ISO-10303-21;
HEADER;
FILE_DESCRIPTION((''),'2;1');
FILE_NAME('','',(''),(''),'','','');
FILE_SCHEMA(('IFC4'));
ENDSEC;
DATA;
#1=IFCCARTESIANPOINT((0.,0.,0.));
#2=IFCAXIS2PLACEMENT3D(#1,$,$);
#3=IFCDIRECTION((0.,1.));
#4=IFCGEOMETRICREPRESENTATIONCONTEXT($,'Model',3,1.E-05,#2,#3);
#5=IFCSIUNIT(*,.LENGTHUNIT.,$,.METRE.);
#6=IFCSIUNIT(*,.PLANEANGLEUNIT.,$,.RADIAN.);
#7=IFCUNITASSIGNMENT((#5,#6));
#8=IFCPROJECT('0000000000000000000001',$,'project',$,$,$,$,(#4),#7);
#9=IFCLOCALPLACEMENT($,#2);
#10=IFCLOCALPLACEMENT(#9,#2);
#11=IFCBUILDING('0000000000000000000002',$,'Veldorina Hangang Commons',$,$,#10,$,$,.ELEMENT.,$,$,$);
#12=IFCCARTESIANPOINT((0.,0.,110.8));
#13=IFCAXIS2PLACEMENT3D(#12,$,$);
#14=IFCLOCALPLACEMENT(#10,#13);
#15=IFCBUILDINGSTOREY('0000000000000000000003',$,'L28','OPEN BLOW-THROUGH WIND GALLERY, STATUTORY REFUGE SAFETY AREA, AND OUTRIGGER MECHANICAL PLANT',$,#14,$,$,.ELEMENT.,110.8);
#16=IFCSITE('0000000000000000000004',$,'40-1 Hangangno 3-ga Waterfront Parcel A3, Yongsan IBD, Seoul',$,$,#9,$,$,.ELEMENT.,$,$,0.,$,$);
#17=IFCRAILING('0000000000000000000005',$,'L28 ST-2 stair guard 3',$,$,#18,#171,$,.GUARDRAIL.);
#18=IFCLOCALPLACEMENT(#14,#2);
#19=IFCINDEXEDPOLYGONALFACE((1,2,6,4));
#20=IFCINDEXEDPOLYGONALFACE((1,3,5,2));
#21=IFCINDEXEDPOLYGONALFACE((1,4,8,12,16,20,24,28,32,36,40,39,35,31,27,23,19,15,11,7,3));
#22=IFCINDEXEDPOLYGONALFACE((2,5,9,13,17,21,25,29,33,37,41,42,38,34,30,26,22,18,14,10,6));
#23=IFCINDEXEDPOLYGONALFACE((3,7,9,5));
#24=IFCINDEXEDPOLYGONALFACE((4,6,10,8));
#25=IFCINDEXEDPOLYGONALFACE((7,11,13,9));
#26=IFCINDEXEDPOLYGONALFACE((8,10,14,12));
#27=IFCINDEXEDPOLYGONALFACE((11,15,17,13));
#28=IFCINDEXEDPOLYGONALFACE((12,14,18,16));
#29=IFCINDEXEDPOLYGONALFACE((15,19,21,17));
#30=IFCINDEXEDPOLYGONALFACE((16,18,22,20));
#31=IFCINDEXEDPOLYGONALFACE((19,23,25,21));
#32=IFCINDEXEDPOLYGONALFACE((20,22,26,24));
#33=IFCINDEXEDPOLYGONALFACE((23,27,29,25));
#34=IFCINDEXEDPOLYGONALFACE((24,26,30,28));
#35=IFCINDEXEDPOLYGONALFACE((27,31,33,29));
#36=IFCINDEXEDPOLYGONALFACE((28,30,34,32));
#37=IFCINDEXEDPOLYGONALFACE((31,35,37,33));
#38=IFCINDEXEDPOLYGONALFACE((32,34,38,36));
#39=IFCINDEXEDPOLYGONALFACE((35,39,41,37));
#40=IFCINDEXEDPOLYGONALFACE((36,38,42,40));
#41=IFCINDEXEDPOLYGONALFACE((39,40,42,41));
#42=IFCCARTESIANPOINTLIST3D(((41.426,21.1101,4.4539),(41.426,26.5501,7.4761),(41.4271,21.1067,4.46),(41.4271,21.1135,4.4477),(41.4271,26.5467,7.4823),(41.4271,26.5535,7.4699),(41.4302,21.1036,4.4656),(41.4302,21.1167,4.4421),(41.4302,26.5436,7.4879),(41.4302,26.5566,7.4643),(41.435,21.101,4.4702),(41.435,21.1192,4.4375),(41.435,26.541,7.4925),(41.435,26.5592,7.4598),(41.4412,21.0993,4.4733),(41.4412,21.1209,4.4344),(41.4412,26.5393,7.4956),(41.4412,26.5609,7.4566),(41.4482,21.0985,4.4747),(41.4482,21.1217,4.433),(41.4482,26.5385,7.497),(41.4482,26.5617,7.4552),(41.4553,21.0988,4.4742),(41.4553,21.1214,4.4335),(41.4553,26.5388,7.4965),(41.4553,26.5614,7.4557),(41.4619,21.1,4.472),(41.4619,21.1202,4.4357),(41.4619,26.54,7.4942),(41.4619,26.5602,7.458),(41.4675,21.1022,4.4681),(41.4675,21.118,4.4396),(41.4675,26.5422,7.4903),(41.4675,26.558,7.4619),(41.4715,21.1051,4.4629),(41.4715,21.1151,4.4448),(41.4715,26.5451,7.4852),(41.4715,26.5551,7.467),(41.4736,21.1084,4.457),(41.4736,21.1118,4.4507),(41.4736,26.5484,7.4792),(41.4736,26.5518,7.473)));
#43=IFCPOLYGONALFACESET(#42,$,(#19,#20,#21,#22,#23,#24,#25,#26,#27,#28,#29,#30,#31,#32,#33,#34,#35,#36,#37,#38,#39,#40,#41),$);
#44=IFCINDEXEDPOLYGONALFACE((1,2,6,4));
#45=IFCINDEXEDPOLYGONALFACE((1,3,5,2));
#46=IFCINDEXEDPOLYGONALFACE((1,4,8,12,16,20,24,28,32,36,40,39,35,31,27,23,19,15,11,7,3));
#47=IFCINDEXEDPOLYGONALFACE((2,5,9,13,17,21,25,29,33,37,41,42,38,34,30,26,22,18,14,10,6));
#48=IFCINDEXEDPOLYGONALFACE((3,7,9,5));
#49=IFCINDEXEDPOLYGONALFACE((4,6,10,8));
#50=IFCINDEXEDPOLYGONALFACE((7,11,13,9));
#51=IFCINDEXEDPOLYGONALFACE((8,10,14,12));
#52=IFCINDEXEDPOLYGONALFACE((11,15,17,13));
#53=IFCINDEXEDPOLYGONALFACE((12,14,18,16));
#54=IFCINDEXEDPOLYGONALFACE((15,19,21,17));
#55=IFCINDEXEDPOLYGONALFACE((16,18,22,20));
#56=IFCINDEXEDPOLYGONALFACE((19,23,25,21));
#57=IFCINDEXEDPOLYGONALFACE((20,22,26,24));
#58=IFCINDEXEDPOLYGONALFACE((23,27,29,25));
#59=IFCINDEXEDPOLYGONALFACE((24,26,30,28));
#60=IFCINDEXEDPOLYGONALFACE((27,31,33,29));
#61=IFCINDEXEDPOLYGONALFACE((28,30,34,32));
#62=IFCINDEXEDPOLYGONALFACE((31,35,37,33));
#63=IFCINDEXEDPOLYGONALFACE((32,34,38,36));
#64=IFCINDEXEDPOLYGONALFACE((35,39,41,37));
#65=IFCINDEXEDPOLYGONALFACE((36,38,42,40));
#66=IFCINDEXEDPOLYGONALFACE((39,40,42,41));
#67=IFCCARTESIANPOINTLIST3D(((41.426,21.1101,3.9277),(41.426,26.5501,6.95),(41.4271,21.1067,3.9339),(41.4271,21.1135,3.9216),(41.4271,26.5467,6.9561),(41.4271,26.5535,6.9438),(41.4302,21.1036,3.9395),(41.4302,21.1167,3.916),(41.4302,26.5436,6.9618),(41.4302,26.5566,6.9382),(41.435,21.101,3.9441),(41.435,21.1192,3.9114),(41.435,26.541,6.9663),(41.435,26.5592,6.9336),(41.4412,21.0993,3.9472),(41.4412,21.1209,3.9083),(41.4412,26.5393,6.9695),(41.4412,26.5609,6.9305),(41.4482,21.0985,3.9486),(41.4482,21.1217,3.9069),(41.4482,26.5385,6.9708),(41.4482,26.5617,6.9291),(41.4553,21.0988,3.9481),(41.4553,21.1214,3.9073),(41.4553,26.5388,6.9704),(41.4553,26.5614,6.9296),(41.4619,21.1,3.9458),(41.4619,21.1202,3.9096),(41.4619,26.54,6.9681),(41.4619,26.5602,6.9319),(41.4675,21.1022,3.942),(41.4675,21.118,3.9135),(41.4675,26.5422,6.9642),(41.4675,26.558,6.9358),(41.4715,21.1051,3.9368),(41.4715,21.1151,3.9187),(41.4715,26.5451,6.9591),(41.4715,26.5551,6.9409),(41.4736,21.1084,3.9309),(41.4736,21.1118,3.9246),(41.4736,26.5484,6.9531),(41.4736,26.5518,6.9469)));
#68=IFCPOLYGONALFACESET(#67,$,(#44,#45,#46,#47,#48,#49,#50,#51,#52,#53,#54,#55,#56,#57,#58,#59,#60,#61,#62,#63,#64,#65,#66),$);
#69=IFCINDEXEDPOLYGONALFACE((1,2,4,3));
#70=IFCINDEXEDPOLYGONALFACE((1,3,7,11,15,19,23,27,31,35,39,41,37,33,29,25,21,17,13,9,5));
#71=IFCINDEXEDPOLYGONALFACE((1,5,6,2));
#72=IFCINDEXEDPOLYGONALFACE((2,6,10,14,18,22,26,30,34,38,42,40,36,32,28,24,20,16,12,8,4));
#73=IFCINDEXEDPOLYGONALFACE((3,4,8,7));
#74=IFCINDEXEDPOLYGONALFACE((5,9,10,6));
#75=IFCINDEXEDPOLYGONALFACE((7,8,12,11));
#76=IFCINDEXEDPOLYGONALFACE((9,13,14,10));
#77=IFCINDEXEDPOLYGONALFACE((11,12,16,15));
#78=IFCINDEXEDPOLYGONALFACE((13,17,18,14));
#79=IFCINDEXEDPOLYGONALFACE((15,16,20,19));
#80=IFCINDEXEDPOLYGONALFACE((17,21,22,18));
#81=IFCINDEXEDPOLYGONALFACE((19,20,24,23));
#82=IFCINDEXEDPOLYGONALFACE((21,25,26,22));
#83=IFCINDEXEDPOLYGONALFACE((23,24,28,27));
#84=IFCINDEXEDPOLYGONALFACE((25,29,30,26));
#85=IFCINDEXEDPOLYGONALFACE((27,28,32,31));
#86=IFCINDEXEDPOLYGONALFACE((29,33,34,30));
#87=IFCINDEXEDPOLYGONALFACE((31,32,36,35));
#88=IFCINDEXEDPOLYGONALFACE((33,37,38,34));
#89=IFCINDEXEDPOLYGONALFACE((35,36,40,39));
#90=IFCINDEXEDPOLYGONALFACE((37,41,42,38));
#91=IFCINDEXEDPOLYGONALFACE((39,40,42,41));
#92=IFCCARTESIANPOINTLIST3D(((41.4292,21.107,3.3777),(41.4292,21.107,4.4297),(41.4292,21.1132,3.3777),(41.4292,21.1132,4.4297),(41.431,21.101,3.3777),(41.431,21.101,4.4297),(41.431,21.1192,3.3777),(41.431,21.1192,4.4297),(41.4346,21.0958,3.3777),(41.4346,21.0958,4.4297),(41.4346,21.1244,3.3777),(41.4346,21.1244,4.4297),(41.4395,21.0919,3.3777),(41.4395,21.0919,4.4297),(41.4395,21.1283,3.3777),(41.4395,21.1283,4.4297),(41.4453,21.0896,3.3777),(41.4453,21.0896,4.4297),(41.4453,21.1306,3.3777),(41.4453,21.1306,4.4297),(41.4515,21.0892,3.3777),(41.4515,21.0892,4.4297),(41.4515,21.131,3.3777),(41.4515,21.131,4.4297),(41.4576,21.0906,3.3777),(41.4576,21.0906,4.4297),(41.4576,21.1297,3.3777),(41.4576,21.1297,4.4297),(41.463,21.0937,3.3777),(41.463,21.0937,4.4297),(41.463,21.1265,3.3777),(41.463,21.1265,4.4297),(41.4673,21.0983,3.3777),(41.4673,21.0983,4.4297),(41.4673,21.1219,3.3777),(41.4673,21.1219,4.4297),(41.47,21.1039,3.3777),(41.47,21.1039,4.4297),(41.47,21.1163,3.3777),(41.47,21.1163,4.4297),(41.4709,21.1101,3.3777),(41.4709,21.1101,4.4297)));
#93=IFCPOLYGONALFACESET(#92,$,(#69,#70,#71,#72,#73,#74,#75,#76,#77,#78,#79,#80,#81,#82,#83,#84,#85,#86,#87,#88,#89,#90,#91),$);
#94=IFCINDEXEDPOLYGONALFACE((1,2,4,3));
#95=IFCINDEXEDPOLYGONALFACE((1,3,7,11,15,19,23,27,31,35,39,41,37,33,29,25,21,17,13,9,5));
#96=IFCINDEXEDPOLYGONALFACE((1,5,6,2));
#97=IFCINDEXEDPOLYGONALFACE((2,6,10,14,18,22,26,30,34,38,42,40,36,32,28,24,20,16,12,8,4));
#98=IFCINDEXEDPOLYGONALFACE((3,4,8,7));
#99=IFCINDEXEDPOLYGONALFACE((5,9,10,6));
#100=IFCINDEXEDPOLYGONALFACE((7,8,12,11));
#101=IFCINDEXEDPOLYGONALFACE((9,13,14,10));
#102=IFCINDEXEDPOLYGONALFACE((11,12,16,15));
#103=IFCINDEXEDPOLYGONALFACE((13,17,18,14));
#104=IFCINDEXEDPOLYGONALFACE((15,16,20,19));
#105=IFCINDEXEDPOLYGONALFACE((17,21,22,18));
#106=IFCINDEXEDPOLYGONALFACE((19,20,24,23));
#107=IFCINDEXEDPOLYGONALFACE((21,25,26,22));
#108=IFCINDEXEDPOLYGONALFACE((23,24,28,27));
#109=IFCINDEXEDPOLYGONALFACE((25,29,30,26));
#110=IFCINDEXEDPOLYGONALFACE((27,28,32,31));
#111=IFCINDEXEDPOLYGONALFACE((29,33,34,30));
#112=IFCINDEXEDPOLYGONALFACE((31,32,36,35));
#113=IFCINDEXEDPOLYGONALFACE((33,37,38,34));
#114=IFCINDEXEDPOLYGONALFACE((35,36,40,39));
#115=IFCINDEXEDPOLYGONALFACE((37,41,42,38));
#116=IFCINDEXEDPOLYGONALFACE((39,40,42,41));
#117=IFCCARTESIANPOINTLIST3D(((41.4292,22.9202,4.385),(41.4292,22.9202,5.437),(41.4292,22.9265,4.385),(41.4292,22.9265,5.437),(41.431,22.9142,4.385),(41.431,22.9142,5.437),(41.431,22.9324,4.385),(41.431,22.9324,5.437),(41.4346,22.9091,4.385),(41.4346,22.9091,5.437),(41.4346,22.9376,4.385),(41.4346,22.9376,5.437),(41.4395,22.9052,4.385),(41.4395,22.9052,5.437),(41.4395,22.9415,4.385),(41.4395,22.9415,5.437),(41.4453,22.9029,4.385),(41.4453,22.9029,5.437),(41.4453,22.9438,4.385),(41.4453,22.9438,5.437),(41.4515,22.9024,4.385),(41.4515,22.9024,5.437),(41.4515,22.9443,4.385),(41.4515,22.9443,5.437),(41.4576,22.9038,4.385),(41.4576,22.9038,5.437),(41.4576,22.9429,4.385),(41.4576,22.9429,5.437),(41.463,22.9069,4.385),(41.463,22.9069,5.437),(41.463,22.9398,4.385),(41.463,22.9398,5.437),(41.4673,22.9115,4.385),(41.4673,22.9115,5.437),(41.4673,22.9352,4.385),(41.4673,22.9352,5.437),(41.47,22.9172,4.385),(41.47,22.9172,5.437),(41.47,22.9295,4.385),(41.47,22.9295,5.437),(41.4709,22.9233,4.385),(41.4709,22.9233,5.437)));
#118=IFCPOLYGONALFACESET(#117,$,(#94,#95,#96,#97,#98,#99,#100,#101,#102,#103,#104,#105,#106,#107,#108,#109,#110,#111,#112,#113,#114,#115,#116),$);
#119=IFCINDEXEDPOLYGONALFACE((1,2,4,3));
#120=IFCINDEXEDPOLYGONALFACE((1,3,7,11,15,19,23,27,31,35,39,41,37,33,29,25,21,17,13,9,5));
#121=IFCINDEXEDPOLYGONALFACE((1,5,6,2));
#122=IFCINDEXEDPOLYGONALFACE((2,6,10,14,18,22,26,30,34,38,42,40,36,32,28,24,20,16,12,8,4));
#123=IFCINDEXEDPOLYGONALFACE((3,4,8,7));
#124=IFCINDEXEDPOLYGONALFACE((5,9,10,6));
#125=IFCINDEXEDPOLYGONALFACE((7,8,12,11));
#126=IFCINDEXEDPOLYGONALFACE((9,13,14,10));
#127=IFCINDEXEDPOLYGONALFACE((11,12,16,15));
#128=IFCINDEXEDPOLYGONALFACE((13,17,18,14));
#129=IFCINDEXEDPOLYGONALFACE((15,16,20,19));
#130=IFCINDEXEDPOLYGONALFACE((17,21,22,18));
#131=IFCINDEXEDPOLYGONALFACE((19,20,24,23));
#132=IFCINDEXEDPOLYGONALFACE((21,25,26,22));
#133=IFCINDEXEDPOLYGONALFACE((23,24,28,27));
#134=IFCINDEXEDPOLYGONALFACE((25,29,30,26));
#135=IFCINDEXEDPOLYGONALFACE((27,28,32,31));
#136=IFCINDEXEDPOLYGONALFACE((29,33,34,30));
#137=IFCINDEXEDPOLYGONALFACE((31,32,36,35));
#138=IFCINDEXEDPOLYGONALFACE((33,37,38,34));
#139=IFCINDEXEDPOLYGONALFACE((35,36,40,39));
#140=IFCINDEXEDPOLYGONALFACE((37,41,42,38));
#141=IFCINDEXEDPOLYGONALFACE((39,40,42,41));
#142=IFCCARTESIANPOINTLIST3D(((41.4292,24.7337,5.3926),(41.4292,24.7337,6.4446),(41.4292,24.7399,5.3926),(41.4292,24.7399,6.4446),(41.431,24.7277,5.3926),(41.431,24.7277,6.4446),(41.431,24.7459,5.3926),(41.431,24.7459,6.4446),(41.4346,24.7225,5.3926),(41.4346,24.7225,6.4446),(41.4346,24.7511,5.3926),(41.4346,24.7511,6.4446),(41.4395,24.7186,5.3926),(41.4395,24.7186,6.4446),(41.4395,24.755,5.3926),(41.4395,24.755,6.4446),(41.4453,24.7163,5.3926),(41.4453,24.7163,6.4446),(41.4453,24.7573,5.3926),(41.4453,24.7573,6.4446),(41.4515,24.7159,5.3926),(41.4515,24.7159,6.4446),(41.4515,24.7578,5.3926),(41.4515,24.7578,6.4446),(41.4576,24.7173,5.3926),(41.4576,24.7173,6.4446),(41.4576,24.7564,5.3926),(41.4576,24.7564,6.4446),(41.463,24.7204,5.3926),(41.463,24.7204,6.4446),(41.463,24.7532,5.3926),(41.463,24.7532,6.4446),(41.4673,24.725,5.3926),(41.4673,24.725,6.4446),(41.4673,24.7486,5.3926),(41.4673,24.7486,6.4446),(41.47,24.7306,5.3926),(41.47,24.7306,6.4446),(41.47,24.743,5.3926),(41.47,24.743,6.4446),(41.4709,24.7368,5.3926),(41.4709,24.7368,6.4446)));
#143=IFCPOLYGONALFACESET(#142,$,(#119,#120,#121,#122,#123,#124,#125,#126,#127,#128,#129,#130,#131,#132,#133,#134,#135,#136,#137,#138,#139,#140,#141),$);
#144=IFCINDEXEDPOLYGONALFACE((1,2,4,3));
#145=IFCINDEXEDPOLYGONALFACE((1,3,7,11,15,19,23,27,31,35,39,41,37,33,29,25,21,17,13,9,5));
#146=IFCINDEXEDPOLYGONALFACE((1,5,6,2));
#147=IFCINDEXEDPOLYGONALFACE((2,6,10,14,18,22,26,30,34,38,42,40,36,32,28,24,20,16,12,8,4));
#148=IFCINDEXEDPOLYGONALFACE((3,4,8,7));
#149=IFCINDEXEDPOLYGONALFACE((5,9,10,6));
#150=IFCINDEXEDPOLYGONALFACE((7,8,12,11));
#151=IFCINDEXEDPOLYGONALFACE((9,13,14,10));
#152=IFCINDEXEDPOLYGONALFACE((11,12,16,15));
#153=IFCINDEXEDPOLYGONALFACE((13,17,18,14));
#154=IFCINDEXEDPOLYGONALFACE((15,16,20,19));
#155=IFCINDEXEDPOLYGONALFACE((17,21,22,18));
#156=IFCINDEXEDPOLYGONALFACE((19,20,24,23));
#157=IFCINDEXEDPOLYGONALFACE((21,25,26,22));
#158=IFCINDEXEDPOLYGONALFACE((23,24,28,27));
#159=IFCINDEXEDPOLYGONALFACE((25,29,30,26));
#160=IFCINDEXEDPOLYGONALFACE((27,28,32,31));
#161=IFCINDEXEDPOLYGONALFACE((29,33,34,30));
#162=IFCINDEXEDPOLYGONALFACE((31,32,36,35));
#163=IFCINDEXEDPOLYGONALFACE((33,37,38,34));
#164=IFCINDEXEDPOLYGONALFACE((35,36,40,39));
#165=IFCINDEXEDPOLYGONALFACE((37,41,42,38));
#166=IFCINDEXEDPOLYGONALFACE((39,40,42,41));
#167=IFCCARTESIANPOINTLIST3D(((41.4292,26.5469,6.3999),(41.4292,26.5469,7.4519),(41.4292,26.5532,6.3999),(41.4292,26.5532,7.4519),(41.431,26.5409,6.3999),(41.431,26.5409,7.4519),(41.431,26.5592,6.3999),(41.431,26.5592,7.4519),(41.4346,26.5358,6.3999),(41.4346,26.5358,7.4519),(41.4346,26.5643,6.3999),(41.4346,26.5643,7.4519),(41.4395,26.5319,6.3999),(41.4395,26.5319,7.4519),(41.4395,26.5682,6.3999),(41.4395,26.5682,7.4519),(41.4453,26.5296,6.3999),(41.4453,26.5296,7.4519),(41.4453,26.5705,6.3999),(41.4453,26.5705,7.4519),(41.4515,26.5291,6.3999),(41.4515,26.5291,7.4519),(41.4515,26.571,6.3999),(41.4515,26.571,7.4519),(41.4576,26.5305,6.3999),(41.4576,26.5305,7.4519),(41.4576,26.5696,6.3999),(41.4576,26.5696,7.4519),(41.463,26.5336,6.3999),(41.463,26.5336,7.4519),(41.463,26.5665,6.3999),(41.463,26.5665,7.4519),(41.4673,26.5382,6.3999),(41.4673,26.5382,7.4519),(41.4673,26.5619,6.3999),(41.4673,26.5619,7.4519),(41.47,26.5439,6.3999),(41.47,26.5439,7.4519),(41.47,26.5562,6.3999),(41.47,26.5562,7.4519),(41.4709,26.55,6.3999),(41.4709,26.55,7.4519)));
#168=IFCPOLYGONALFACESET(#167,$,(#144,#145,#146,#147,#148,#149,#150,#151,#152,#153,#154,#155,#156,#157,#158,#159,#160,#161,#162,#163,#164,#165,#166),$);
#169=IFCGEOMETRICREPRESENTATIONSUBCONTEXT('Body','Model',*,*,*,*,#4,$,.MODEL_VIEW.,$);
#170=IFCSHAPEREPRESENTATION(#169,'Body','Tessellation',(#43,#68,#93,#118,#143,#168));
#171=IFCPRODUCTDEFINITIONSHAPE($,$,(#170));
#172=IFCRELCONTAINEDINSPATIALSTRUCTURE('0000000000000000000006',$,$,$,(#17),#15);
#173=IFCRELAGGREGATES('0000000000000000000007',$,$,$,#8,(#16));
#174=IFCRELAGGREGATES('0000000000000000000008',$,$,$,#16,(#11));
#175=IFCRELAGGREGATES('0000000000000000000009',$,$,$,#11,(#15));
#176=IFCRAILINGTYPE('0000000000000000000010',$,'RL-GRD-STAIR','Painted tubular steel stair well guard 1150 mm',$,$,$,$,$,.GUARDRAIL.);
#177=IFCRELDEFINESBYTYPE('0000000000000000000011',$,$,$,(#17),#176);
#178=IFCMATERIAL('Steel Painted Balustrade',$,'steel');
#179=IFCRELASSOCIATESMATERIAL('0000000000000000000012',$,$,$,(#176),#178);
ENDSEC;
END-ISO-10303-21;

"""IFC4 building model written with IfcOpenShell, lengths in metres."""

from ifc_helpers import new_model, si_unit, direction, frame, origin, origin_2d, place, context, subcontext, project, spatial, circle, extrude, material, type_object, element, save


model = new_model("IFC4")

# Units and contexts
model_context = context("Model", 3, precision=1e-05, world=origin(), true_north=direction((0.0, 1.0)))
body_context = subcontext(model_context, "Body", "Model", "MODEL_VIEW")
ifc_project = project(units=[si_unit("LENGTHUNIT", "METRE"), si_unit("PLANEANGLEUNIT", "RADIAN")], contexts=[model_context])

# Site, building, storey
site_placement = place(None, origin())
site = spatial("IfcSite", under=ifc_project, at=site_placement, Name="40-1 Hangangno 3-ga Waterfront Parcel A3, Yongsan IBD, Seoul", CompositionType="ELEMENT", RefElevation=0.0)
building_placement = place(site_placement, origin())
building = spatial("IfcBuilding", under=site, at=building_placement, Name="Veldorina Hangang Commons", CompositionType="ELEMENT")
storey_placement = place(building_placement, frame((0.0, 0.0, 110.8)))
storey = spatial("IfcBuildingStorey", under=building, at=storey_placement, Name="L28", Description="OPEN BLOW-THROUGH WIND GALLERY, STATUTORY REFUGE SAFETY AREA, AND OUTRIGGER MECHANICAL PLANT", CompositionType="ELEMENT", Elevation=110.8)

# Railing
ifc_material_1 = material(Name="Steel Painted Balustrade", Category="steel")
railing_type_1 = type_object("IfcRailingType", Name="RL-GRD-STAIR", Description="Painted tubular steel stair well guard 1150 mm", PredefinedType="GUARDRAIL", material=ifc_material_1)
railing_1_placement = place(storey_placement, frame((41.45, 21.1101, 3.3777)))
element("IfcRailing", 1, at=railing_1_placement, inside=storey, type_object=railing_type_1, Name="L28 ST-2 stair guard 3", PredefinedType="GUARDRAIL", context=body_context, shape_type="SweptSolid", body=[
    extrude(circle(Radius=0.0239, at=origin_2d()), frame((0.0, 0.0, 1.0762), z_axis=(0.0, 0.874155, 0.485646), x_axis=(-1.0, 0.0, 0.0)), (0.0, 0.0, 1.0), 6.2231),
    extrude(circle(Radius=0.0239, at=origin_2d()), frame((0.0, 0.0, 0.55), z_axis=(0.0, 0.874155, 0.485646), x_axis=(-1.0, 0.0, 0.0)), (0.0, 0.0, 1.0), 6.2231),
    extrude(circle(Radius=0.021, at=origin_2d()), origin(), (0.0, 0.0, 1.0), 1.052),
    extrude(circle(Radius=0.021, at=origin_2d()), frame((0.0, 1.8132, 1.0073)), (0.0, 0.0, 1.0), 1.052),
    extrude(circle(Radius=0.021, at=origin_2d()), frame((0.0, 3.6267, 2.0149)), (0.0, 0.0, 1.0), 1.052),
    extrude(circle(Radius=0.021, at=origin_2d()), frame((0.0, 5.4399, 3.0222)), (0.0, 0.0, 1.0), 1.052),
])

save(model, "model.ifc")
